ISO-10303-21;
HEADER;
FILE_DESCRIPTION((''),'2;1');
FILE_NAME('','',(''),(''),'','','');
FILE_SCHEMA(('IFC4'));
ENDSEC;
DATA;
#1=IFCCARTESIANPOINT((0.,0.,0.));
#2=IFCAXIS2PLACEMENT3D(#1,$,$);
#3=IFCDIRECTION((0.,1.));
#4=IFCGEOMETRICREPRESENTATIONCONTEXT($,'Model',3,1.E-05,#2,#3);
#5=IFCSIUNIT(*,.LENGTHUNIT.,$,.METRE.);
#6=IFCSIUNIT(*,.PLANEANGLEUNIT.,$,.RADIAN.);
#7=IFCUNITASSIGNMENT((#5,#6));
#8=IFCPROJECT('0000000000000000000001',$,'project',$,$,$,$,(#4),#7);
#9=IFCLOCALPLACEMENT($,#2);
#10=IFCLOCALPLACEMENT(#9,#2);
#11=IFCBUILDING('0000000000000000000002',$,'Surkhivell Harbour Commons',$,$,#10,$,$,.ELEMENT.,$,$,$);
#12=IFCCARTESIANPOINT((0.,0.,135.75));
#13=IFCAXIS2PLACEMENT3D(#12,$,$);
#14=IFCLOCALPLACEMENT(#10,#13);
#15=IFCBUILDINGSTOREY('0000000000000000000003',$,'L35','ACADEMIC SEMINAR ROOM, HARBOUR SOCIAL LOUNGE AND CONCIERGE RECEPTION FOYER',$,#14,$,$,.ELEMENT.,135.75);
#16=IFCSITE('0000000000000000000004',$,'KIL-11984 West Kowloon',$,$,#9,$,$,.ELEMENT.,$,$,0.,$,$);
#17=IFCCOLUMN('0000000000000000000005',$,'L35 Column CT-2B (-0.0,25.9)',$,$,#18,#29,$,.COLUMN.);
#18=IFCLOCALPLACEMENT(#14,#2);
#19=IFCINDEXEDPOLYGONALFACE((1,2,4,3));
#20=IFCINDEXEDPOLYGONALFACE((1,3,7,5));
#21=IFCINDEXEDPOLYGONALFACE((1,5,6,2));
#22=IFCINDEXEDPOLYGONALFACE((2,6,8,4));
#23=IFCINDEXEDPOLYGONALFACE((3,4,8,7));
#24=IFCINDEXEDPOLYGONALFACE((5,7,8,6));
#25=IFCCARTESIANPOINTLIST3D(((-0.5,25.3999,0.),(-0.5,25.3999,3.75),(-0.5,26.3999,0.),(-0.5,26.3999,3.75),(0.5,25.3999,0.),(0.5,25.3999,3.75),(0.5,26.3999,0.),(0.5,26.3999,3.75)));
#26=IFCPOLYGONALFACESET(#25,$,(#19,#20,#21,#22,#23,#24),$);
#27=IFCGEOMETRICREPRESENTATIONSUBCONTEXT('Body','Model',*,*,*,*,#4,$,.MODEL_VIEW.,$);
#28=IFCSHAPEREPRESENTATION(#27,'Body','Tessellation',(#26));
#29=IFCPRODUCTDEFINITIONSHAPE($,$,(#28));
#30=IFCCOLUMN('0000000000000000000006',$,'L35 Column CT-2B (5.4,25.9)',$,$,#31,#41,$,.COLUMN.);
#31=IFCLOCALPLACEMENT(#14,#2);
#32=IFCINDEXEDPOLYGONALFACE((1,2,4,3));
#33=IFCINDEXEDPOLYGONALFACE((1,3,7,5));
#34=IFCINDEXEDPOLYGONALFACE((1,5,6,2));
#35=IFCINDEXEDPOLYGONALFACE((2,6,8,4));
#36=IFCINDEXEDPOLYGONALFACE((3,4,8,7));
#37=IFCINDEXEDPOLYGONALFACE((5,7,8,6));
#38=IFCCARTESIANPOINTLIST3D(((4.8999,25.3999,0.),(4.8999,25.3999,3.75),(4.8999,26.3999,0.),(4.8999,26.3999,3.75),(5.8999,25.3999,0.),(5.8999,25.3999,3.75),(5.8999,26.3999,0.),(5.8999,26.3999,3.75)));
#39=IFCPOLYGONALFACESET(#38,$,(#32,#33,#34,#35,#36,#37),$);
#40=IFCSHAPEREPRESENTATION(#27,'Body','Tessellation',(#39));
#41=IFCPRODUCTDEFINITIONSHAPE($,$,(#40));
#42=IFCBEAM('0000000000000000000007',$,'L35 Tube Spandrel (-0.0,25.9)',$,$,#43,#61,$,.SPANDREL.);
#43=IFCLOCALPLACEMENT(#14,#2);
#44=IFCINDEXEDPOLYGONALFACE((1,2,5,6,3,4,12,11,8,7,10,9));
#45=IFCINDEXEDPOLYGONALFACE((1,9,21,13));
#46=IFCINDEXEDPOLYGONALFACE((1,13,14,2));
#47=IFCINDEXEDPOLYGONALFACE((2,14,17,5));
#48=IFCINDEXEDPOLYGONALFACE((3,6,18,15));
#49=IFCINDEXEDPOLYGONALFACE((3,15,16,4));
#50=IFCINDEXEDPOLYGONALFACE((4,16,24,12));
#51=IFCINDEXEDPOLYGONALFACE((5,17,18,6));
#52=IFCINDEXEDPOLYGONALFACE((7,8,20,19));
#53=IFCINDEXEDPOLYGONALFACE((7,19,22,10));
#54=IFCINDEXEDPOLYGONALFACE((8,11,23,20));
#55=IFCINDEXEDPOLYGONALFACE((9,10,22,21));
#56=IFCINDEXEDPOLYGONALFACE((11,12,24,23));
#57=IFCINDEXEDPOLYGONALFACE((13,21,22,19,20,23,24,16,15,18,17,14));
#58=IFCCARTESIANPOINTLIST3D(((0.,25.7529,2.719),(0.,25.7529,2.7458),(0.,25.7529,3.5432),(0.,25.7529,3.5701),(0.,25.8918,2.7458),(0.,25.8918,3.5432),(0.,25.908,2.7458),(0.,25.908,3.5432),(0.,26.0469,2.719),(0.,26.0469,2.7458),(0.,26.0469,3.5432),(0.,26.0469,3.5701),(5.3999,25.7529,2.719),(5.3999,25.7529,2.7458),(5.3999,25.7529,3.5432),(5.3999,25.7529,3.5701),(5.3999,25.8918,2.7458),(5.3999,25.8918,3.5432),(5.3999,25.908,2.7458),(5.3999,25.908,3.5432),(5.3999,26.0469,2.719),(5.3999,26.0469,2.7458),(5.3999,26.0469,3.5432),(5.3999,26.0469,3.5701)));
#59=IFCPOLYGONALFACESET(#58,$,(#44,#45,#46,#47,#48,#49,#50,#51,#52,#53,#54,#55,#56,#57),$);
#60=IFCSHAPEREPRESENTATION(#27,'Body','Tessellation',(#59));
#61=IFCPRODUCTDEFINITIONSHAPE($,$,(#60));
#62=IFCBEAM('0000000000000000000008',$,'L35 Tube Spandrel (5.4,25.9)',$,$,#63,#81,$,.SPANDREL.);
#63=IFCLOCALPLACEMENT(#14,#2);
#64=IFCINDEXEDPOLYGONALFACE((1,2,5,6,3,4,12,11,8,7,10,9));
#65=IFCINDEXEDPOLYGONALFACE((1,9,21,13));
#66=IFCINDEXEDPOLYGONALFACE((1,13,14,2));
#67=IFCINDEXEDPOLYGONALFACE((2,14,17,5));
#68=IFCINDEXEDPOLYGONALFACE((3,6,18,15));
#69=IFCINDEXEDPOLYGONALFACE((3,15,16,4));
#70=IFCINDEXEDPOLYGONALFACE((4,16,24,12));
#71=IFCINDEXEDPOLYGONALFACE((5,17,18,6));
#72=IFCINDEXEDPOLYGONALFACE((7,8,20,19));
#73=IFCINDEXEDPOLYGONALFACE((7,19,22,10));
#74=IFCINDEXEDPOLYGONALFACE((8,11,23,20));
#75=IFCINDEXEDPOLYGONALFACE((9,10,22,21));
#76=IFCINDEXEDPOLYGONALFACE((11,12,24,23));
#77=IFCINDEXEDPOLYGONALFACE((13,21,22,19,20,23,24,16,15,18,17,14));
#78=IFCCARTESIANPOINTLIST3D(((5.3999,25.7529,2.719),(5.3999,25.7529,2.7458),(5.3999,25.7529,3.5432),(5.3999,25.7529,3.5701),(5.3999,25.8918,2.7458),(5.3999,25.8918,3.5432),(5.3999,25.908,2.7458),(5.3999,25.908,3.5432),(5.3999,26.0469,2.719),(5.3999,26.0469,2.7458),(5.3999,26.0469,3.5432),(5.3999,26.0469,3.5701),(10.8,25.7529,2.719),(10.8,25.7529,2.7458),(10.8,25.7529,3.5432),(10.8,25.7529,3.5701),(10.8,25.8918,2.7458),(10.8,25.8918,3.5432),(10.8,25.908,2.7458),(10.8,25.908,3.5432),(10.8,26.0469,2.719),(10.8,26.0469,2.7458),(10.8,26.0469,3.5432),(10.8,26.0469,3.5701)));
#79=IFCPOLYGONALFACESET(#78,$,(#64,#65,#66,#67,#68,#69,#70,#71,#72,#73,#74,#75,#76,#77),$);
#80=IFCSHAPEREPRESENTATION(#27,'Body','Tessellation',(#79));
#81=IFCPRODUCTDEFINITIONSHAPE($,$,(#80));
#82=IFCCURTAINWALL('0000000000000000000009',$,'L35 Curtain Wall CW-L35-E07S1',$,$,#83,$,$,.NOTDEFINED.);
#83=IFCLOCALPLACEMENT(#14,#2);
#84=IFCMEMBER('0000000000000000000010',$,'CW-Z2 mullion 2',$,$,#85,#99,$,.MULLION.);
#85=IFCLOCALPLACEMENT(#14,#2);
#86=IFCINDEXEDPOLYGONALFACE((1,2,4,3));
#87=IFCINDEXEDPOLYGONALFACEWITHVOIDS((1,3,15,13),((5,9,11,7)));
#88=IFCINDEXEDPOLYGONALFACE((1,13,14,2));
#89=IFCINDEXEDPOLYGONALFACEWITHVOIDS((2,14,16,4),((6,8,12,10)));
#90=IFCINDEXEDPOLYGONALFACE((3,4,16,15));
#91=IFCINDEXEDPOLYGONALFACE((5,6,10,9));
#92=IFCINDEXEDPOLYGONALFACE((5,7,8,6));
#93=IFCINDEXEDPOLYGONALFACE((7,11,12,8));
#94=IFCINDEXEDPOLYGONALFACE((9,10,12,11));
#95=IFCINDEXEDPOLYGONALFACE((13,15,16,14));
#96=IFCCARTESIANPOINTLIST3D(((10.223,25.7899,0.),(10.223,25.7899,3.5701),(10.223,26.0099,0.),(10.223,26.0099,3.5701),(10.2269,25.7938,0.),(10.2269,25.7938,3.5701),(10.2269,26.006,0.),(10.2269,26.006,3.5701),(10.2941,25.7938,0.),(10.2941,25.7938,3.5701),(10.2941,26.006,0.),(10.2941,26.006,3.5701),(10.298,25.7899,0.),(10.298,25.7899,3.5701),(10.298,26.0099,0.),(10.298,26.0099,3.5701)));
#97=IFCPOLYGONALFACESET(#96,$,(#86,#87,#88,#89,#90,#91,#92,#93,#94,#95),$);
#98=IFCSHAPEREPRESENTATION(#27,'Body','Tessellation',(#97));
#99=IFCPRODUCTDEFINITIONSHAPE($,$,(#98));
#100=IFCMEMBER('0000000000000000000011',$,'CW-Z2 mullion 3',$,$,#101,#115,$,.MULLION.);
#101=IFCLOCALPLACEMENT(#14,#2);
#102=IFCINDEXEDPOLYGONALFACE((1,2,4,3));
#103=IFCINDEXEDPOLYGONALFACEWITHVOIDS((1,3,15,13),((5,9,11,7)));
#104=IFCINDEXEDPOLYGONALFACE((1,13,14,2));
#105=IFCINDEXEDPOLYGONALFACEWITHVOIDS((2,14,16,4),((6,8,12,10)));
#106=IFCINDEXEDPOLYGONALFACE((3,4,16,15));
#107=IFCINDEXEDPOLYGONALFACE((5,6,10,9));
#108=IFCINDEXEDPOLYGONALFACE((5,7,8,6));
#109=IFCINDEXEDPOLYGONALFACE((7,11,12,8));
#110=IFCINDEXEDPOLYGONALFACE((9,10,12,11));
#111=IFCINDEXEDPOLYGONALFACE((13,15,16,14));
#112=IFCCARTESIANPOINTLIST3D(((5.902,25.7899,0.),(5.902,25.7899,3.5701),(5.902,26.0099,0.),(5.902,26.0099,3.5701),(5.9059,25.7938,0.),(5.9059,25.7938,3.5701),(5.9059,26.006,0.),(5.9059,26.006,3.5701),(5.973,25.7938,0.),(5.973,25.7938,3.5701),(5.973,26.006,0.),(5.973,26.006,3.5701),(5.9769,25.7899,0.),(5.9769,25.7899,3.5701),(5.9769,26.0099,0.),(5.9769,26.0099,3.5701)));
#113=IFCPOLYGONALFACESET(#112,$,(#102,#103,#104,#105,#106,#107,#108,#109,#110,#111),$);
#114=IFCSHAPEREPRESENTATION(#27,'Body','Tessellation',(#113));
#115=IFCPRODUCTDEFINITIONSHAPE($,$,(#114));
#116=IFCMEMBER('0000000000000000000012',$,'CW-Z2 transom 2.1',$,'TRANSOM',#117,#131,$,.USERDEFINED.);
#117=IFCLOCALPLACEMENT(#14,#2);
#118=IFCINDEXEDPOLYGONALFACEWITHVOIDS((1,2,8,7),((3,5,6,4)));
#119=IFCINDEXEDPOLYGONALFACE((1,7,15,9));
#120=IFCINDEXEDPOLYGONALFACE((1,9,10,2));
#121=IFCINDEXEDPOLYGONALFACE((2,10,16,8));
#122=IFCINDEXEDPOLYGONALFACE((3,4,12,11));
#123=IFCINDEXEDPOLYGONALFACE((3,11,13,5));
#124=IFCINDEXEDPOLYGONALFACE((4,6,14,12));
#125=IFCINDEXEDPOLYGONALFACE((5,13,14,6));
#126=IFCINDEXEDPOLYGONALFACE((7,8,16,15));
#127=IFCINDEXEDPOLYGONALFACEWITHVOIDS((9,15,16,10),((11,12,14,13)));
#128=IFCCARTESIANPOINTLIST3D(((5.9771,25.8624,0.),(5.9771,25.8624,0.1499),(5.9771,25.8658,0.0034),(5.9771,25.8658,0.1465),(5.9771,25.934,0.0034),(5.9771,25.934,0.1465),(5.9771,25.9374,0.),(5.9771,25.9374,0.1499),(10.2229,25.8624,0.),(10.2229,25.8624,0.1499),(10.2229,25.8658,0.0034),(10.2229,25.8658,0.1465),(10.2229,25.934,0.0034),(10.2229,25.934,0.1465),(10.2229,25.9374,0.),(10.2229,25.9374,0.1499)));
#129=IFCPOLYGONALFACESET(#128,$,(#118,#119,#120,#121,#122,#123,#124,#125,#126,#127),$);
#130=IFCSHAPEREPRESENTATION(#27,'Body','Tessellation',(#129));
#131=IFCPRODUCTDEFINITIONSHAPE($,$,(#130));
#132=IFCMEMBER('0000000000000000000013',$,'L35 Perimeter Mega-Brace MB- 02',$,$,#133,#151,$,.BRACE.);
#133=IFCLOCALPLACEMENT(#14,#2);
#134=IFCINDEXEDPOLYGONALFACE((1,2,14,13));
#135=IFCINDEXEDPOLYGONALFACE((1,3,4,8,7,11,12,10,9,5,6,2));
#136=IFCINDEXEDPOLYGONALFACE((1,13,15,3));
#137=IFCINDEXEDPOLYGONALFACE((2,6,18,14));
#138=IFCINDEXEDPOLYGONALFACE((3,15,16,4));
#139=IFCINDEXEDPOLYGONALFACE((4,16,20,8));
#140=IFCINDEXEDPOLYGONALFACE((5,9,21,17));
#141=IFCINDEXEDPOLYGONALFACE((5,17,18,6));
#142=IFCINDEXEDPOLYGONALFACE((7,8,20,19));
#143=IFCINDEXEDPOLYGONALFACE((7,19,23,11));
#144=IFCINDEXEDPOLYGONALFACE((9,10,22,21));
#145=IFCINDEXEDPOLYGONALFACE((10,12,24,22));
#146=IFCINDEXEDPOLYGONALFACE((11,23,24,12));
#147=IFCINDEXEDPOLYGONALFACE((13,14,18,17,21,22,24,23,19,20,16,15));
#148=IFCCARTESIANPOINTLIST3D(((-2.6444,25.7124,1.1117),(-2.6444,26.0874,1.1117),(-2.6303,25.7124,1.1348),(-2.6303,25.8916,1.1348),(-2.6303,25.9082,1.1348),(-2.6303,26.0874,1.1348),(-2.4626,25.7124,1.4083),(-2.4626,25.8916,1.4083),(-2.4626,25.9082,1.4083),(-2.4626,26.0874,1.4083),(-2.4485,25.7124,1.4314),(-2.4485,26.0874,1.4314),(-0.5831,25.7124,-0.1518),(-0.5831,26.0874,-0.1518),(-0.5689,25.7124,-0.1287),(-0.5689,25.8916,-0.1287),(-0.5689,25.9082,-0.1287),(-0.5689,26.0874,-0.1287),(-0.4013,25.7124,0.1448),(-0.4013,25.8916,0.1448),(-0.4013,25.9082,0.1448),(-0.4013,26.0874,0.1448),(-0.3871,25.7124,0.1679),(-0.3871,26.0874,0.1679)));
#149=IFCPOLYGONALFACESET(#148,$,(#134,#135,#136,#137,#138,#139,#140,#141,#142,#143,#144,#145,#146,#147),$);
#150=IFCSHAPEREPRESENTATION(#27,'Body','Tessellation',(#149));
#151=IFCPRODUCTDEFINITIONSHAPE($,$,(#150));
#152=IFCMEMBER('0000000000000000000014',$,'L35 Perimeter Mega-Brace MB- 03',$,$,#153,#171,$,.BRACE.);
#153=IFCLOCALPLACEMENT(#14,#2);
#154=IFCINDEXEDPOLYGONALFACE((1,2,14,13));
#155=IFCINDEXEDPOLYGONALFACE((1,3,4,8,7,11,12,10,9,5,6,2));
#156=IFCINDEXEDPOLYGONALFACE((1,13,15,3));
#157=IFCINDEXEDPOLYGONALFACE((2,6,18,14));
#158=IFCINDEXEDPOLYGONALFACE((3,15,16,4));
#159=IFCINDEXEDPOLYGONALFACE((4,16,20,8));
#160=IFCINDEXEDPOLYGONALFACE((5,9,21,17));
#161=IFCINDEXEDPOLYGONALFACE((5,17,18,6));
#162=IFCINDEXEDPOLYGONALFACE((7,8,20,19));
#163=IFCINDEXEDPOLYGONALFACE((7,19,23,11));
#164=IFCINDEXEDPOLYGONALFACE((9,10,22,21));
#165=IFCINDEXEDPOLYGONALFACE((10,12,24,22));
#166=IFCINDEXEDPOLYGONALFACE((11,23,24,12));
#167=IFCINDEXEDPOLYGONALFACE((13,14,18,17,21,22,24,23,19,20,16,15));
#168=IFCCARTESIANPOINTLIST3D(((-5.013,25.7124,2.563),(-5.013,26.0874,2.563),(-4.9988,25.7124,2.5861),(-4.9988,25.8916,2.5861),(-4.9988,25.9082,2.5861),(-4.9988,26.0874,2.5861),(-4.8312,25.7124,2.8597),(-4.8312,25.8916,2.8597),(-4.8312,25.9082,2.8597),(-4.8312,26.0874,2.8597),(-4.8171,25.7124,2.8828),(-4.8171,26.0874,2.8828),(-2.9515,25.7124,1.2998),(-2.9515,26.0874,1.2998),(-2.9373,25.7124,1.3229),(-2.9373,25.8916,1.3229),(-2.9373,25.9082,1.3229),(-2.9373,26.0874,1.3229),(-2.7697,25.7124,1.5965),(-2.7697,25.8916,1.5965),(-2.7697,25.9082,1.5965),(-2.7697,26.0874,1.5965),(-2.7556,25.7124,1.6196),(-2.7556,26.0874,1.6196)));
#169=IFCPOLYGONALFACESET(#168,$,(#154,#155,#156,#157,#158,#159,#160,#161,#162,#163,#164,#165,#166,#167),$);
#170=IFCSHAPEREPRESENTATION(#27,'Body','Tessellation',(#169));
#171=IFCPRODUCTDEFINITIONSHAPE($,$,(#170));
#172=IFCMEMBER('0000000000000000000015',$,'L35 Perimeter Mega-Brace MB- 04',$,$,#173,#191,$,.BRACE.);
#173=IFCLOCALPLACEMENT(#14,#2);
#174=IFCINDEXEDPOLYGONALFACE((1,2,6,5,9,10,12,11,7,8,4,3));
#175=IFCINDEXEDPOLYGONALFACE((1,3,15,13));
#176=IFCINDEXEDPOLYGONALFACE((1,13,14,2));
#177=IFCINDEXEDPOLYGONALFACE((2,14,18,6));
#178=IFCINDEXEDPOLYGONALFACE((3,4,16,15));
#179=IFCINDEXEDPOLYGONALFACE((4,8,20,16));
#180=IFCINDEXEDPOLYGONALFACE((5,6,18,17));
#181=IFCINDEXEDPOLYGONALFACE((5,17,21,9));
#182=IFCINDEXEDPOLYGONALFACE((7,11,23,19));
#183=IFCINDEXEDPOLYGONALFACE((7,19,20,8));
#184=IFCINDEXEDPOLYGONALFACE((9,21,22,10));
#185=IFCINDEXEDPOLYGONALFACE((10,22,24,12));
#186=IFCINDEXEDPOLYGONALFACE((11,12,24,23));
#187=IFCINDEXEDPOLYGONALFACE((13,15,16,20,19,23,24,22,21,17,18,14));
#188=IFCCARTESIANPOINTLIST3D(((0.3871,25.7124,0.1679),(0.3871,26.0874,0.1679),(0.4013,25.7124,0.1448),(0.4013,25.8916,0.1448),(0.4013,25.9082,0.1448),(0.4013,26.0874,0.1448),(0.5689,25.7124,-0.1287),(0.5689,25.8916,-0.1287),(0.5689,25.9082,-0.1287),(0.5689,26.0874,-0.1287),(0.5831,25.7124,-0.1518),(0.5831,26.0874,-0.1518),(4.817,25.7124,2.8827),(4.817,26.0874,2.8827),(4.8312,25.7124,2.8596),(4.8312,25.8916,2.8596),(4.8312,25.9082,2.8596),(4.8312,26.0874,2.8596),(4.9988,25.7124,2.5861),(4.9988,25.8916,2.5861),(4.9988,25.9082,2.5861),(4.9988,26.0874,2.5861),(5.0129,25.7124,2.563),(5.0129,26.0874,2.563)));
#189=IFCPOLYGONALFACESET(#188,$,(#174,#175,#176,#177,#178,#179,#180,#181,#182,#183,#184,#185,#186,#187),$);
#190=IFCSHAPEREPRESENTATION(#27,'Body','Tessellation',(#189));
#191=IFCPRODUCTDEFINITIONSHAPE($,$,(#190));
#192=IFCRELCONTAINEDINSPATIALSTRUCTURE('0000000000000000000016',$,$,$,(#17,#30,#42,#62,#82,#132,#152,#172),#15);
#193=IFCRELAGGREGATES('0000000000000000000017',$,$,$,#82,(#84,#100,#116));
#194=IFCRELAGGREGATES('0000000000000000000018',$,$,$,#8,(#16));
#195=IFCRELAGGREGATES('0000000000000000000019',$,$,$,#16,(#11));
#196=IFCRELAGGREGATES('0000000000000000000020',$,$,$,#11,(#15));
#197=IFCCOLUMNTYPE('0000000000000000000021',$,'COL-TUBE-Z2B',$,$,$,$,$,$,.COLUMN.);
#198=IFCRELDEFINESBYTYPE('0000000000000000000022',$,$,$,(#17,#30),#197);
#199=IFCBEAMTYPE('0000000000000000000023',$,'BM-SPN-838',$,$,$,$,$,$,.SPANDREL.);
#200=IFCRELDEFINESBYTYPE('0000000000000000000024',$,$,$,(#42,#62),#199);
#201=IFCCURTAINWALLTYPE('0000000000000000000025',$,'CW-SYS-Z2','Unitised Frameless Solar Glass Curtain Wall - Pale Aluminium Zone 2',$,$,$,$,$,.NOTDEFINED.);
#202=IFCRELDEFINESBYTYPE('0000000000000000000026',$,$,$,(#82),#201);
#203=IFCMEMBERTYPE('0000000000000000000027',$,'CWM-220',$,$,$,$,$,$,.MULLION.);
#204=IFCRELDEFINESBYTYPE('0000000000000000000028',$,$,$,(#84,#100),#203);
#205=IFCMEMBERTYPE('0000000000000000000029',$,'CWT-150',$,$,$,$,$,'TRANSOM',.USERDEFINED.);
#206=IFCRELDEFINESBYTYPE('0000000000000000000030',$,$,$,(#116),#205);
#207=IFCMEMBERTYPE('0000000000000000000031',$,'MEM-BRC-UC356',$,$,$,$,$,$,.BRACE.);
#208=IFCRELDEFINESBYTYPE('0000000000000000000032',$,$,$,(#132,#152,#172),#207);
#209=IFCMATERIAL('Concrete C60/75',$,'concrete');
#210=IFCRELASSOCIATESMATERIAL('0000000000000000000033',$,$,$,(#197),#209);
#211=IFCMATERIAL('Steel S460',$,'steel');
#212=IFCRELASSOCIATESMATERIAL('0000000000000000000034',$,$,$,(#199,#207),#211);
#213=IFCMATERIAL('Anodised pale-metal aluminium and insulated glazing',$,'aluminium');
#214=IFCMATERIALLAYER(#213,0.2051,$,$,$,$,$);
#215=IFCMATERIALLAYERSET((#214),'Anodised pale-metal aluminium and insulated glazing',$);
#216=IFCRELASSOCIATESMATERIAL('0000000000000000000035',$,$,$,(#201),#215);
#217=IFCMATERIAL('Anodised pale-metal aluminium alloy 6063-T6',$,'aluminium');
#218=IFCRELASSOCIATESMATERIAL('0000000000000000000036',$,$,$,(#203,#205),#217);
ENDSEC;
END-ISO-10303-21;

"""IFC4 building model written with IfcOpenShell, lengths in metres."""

from ifc_helpers import new_model, si_unit, direction, frame, origin, origin_2d, place, context, subcontext, project, spatial, rectangle, hollow_rectangle, i_section, extrude, material, layer, layer_set, material_profile, profile_set, type_object, element, aggregate, save


model = new_model("IFC4")

# Units and contexts
model_context = context("Model", 3, precision=1e-05, world=origin(), true_north=direction((0.0, 1.0)))
body_context = subcontext(model_context, "Body", "Model", "MODEL_VIEW")
ifc_project = project(units=[si_unit("LENGTHUNIT", "METRE"), si_unit("PLANEANGLEUNIT", "RADIAN")], contexts=[model_context])

# Site, building, storey
site_placement = place(None, origin())
site = spatial("IfcSite", under=ifc_project, at=site_placement, Name="KIL-11984 West Kowloon", CompositionType="ELEMENT", RefElevation=0.0)
building_placement = place(site_placement, origin())
building = spatial("IfcBuilding", under=site, at=building_placement, Name="Surkhivell Harbour Commons", CompositionType="ELEMENT")
storey_placement = place(building_placement, frame((0.0, 0.0, 135.75)))
storey = spatial("IfcBuildingStorey", under=building, at=storey_placement, Name="L35", Description="ACADEMIC SEMINAR ROOM, HARBOUR SOCIAL LOUNGE AND CONCIERGE RECEPTION FOYER", CompositionType="ELEMENT", Elevation=135.75)

# Columns
ifc_material_1 = material(Name="Concrete C60/75", Category="concrete")
ifc_material_profile_1 = material_profile(ifc_material_1, rectangle(XDim=1.0, YDim=1.0, at=origin_2d()), Name="RC-COL-1000x1000")
ifc_profile_set_1 = profile_set([ifc_material_profile_1], Name="Concrete C60/75")
column_type = type_object("IfcColumnType", Name="COL-TUBE-Z2B", PredefinedType="COLUMN", material=ifc_profile_set_1)
for number, where, z_axis, x_axis, name in (
    (1, (0.0, 25.8999, 0.0), (0.0, 0.0, 1.0), (1.0, 0.0, 0.0), "L35 Column CT-2B (-0.0,25.9)"),
    (2, (5.3999, 25.8999, 0.0), (0.0, 0.0, 1.0), (1.0, 0.0, 0.0), "L35 Column CT-2B (5.4,25.9)"),
):
    element("IfcColumn", number, at=place(storey_placement, frame(where, z_axis=z_axis, x_axis=x_axis)), inside=storey, type_object=column_type, Name=name, PredefinedType="COLUMN", context=body_context, shape_type="SweptSolid", body=[
        extrude(rectangle(XDim=1.0, YDim=1.0, at=origin_2d()), origin(), (0.0, 0.0, 1.0), 3.75),
    ])

# Beams
ifc_material_2 = material(Name="Steel S460", Category="steel")
ifc_material_profile_2 = material_profile(ifc_material_2, i_section(OverallWidth=0.2939, OverallDepth=0.8511, WebThickness=0.0161, FlangeThickness=0.0269, at=origin_2d()), Name="UB838x292x226")
ifc_profile_set_2 = profile_set([ifc_material_profile_2], Name="Steel S460")
beam_type = type_object("IfcBeamType", Name="BM-SPN-838", PredefinedType="SPANDREL", material=ifc_profile_set_2)
beam_1_placement = place(storey_placement, frame((0.0, 25.8999, 3.1445), z_axis=(1.0, 0.0, 0.0), x_axis=(0.0, 1.0, 0.0)))
element("IfcBeam", 3, at=beam_1_placement, inside=storey, type_object=beam_type, Name="L35 Tube Spandrel (-0.0,25.9)", PredefinedType="SPANDREL", context=body_context, shape_type="SweptSolid", body=[
    extrude(i_section(OverallWidth=0.2939, OverallDepth=0.8511, WebThickness=0.0161, FlangeThickness=0.0269, at=origin_2d()), origin(), (0.0, 0.0, 1.0), 5.3999),
])
beam_2_placement = place(storey_placement, frame((5.3999, 25.8999, 3.1445), z_axis=(1.0, 0.0, 0.0), x_axis=(0.0, 1.0, 0.0)))
element("IfcBeam", 4, at=beam_2_placement, inside=storey, type_object=beam_type, Name="L35 Tube Spandrel (5.4,25.9)", PredefinedType="SPANDREL", context=body_context, shape_type="SweptSolid", body=[
    extrude(i_section(OverallWidth=0.2939, OverallDepth=0.8511, WebThickness=0.0161, FlangeThickness=0.0269, at=origin_2d()), origin(), (0.0, 0.0, 1.0), 5.4001),
])

# Curtain wall, members
ifc_material_3 = material(Name="Anodised pale-metal aluminium and insulated glazing", Category="aluminium")
ifc_layer_1 = layer(ifc_material_3, 0.2051)
ifc_layer_set_1 = layer_set([ifc_layer_1], Name="Anodised pale-metal aluminium and insulated glazing")
curtain_wall_type = type_object("IfcCurtainWallType", Name="CW-SYS-Z2", Description="Unitised Frameless Solar Glass Curtain Wall - Pale Aluminium Zone 2", PredefinedType="NOTDEFINED", material=ifc_layer_set_1)
curtain_wall_placement = place(storey_placement, origin())
curtain_wall = element("IfcCurtainWall", 5, at=curtain_wall_placement, inside=storey, type_object=curtain_wall_type, Name="L35 Curtain Wall CW-L35-E07S1", PredefinedType="NOTDEFINED")
ifc_material_4 = material(Name="Anodised pale-metal aluminium alloy 6063-T6", Category="aluminium")
ifc_material_profile_3 = material_profile(ifc_material_4, hollow_rectangle(XDim=0.075, YDim=0.22, WallThickness=0.0039, at=origin_2d()), Name="ALU-MULL-75x220")
ifc_profile_set_3 = profile_set([ifc_material_profile_3], Name="Anodised pale-metal aluminium alloy 6063-T6")
member_type_1 = type_object("IfcMemberType", Name="CWM-220", PredefinedType="MULLION", material=ifc_profile_set_3)
member_1_placement = place(storey_placement, frame((10.2605, 25.8999, 0.0), z_axis=(0.0, 0.0, 1.0), x_axis=(-1.0, 0.0, 0.0)))
member_1 = element("IfcMember", 6, at=member_1_placement, type_object=member_type_1, Name="CW-Z2 mullion 2", PredefinedType="MULLION", context=body_context, shape_type="SweptSolid", body=[
    extrude(hollow_rectangle(XDim=0.075, YDim=0.22, WallThickness=0.0039, at=origin_2d()), origin(), (0.0, 0.0, 1.0), 3.5701),
])
member_2_placement = place(storey_placement, frame((5.9395, 25.8999, 0.0), z_axis=(0.0, 0.0, 1.0), x_axis=(-1.0, 0.0, 0.0)))
member_2 = element("IfcMember", 7, at=member_2_placement, type_object=member_type_1, Name="CW-Z2 mullion 3", PredefinedType="MULLION", context=body_context, shape_type="SweptSolid", body=[
    extrude(hollow_rectangle(XDim=0.075, YDim=0.22, WallThickness=0.0039, at=origin_2d()), origin(), (0.0, 0.0, 1.0), 3.5701),
])
ifc_material_profile_4 = material_profile(ifc_material_4, hollow_rectangle(XDim=0.075, YDim=0.1499, WallThickness=0.0034, at=origin_2d()), Name="ALU-TRAN-75x150")
ifc_profile_set_4 = profile_set([ifc_material_profile_4], Name="Anodised pale-metal aluminium alloy 6063-T6")
member_type_2 = type_object("IfcMemberType", Name="CWT-150", ElementType="TRANSOM", PredefinedType="USERDEFINED", material=ifc_profile_set_4)
member_3_placement = place(storey_placement, frame((10.2229, 25.8999, 0.075), z_axis=(-1.0, 0.0, 0.0), x_axis=(0.0, -1.0, 0.0)))
member_3 = element("IfcMember", 8, at=member_3_placement, type_object=member_type_2, Name="CW-Z2 transom 2.1", ObjectType="TRANSOM", PredefinedType="USERDEFINED", context=body_context, shape_type="SweptSolid", body=[
    extrude(hollow_rectangle(XDim=0.075, YDim=0.1499, WallThickness=0.0034, at=origin_2d()), origin(), (0.0, 0.0, 1.0), 4.2458),
])

# Members
ifc_material_profile_5 = material_profile(ifc_material_2, i_section(OverallWidth=0.375, OverallDepth=0.375, WebThickness=0.0166, FlangeThickness=0.0271, at=origin_2d()), Name="UC356x368x202")
ifc_profile_set_5 = profile_set([ifc_material_profile_5], Name="Steel S460")
member_type_3 = type_object("IfcMemberType", Name="MEM-BRC-UC356", PredefinedType="BRACE", material=ifc_profile_set_5)
for number, where, z_axis, x_axis, name in (
    (9, (-0.4851, 25.8999, 0.0081), (-0.85259, 0.0, 0.522581), (0.0, -1.0, 0.0), "L35 Perimeter Mega-Brace MB- 02"),
    (10, (-2.8535, 25.8999, 1.4597), (-0.852662, 0.0, 0.522463), (0.0, -1.0, 0.0), "L35 Perimeter Mega-Brace MB- 03"),
):
    element("IfcMember", number, at=place(storey_placement, frame(where, z_axis=z_axis, x_axis=x_axis)), inside=storey, type_object=member_type_3, Name=name, PredefinedType="BRACE", context=body_context, shape_type="SweptSolid", body=[
        extrude(i_section(OverallWidth=0.375, OverallDepth=0.375, WebThickness=0.0166, FlangeThickness=0.0271, at=origin_2d()), origin(), (0.0, 0.0, 1.0), 2.4177),
    ])
member_4_placement = place(storey_placement, frame((0.4851, 25.8999, 0.0081), z_axis=(0.852625, 0.0, 0.522523), x_axis=(0.0, 1.0, 0.0)))
element("IfcMember", 11, at=member_4_placement, inside=storey, type_object=member_type_3, Name="L35 Perimeter Mega-Brace MB- 04", PredefinedType="BRACE", context=body_context, shape_type="SweptSolid", body=[
    extrude(i_section(OverallWidth=0.375, OverallDepth=0.375, WebThickness=0.0166, FlangeThickness=0.0271, at=origin_2d()), origin(), (0.0, 0.0, 1.0), 5.1956),
])

aggregate(curtain_wall, [member_1, member_2, member_3])

save(model, "model.ifc")
